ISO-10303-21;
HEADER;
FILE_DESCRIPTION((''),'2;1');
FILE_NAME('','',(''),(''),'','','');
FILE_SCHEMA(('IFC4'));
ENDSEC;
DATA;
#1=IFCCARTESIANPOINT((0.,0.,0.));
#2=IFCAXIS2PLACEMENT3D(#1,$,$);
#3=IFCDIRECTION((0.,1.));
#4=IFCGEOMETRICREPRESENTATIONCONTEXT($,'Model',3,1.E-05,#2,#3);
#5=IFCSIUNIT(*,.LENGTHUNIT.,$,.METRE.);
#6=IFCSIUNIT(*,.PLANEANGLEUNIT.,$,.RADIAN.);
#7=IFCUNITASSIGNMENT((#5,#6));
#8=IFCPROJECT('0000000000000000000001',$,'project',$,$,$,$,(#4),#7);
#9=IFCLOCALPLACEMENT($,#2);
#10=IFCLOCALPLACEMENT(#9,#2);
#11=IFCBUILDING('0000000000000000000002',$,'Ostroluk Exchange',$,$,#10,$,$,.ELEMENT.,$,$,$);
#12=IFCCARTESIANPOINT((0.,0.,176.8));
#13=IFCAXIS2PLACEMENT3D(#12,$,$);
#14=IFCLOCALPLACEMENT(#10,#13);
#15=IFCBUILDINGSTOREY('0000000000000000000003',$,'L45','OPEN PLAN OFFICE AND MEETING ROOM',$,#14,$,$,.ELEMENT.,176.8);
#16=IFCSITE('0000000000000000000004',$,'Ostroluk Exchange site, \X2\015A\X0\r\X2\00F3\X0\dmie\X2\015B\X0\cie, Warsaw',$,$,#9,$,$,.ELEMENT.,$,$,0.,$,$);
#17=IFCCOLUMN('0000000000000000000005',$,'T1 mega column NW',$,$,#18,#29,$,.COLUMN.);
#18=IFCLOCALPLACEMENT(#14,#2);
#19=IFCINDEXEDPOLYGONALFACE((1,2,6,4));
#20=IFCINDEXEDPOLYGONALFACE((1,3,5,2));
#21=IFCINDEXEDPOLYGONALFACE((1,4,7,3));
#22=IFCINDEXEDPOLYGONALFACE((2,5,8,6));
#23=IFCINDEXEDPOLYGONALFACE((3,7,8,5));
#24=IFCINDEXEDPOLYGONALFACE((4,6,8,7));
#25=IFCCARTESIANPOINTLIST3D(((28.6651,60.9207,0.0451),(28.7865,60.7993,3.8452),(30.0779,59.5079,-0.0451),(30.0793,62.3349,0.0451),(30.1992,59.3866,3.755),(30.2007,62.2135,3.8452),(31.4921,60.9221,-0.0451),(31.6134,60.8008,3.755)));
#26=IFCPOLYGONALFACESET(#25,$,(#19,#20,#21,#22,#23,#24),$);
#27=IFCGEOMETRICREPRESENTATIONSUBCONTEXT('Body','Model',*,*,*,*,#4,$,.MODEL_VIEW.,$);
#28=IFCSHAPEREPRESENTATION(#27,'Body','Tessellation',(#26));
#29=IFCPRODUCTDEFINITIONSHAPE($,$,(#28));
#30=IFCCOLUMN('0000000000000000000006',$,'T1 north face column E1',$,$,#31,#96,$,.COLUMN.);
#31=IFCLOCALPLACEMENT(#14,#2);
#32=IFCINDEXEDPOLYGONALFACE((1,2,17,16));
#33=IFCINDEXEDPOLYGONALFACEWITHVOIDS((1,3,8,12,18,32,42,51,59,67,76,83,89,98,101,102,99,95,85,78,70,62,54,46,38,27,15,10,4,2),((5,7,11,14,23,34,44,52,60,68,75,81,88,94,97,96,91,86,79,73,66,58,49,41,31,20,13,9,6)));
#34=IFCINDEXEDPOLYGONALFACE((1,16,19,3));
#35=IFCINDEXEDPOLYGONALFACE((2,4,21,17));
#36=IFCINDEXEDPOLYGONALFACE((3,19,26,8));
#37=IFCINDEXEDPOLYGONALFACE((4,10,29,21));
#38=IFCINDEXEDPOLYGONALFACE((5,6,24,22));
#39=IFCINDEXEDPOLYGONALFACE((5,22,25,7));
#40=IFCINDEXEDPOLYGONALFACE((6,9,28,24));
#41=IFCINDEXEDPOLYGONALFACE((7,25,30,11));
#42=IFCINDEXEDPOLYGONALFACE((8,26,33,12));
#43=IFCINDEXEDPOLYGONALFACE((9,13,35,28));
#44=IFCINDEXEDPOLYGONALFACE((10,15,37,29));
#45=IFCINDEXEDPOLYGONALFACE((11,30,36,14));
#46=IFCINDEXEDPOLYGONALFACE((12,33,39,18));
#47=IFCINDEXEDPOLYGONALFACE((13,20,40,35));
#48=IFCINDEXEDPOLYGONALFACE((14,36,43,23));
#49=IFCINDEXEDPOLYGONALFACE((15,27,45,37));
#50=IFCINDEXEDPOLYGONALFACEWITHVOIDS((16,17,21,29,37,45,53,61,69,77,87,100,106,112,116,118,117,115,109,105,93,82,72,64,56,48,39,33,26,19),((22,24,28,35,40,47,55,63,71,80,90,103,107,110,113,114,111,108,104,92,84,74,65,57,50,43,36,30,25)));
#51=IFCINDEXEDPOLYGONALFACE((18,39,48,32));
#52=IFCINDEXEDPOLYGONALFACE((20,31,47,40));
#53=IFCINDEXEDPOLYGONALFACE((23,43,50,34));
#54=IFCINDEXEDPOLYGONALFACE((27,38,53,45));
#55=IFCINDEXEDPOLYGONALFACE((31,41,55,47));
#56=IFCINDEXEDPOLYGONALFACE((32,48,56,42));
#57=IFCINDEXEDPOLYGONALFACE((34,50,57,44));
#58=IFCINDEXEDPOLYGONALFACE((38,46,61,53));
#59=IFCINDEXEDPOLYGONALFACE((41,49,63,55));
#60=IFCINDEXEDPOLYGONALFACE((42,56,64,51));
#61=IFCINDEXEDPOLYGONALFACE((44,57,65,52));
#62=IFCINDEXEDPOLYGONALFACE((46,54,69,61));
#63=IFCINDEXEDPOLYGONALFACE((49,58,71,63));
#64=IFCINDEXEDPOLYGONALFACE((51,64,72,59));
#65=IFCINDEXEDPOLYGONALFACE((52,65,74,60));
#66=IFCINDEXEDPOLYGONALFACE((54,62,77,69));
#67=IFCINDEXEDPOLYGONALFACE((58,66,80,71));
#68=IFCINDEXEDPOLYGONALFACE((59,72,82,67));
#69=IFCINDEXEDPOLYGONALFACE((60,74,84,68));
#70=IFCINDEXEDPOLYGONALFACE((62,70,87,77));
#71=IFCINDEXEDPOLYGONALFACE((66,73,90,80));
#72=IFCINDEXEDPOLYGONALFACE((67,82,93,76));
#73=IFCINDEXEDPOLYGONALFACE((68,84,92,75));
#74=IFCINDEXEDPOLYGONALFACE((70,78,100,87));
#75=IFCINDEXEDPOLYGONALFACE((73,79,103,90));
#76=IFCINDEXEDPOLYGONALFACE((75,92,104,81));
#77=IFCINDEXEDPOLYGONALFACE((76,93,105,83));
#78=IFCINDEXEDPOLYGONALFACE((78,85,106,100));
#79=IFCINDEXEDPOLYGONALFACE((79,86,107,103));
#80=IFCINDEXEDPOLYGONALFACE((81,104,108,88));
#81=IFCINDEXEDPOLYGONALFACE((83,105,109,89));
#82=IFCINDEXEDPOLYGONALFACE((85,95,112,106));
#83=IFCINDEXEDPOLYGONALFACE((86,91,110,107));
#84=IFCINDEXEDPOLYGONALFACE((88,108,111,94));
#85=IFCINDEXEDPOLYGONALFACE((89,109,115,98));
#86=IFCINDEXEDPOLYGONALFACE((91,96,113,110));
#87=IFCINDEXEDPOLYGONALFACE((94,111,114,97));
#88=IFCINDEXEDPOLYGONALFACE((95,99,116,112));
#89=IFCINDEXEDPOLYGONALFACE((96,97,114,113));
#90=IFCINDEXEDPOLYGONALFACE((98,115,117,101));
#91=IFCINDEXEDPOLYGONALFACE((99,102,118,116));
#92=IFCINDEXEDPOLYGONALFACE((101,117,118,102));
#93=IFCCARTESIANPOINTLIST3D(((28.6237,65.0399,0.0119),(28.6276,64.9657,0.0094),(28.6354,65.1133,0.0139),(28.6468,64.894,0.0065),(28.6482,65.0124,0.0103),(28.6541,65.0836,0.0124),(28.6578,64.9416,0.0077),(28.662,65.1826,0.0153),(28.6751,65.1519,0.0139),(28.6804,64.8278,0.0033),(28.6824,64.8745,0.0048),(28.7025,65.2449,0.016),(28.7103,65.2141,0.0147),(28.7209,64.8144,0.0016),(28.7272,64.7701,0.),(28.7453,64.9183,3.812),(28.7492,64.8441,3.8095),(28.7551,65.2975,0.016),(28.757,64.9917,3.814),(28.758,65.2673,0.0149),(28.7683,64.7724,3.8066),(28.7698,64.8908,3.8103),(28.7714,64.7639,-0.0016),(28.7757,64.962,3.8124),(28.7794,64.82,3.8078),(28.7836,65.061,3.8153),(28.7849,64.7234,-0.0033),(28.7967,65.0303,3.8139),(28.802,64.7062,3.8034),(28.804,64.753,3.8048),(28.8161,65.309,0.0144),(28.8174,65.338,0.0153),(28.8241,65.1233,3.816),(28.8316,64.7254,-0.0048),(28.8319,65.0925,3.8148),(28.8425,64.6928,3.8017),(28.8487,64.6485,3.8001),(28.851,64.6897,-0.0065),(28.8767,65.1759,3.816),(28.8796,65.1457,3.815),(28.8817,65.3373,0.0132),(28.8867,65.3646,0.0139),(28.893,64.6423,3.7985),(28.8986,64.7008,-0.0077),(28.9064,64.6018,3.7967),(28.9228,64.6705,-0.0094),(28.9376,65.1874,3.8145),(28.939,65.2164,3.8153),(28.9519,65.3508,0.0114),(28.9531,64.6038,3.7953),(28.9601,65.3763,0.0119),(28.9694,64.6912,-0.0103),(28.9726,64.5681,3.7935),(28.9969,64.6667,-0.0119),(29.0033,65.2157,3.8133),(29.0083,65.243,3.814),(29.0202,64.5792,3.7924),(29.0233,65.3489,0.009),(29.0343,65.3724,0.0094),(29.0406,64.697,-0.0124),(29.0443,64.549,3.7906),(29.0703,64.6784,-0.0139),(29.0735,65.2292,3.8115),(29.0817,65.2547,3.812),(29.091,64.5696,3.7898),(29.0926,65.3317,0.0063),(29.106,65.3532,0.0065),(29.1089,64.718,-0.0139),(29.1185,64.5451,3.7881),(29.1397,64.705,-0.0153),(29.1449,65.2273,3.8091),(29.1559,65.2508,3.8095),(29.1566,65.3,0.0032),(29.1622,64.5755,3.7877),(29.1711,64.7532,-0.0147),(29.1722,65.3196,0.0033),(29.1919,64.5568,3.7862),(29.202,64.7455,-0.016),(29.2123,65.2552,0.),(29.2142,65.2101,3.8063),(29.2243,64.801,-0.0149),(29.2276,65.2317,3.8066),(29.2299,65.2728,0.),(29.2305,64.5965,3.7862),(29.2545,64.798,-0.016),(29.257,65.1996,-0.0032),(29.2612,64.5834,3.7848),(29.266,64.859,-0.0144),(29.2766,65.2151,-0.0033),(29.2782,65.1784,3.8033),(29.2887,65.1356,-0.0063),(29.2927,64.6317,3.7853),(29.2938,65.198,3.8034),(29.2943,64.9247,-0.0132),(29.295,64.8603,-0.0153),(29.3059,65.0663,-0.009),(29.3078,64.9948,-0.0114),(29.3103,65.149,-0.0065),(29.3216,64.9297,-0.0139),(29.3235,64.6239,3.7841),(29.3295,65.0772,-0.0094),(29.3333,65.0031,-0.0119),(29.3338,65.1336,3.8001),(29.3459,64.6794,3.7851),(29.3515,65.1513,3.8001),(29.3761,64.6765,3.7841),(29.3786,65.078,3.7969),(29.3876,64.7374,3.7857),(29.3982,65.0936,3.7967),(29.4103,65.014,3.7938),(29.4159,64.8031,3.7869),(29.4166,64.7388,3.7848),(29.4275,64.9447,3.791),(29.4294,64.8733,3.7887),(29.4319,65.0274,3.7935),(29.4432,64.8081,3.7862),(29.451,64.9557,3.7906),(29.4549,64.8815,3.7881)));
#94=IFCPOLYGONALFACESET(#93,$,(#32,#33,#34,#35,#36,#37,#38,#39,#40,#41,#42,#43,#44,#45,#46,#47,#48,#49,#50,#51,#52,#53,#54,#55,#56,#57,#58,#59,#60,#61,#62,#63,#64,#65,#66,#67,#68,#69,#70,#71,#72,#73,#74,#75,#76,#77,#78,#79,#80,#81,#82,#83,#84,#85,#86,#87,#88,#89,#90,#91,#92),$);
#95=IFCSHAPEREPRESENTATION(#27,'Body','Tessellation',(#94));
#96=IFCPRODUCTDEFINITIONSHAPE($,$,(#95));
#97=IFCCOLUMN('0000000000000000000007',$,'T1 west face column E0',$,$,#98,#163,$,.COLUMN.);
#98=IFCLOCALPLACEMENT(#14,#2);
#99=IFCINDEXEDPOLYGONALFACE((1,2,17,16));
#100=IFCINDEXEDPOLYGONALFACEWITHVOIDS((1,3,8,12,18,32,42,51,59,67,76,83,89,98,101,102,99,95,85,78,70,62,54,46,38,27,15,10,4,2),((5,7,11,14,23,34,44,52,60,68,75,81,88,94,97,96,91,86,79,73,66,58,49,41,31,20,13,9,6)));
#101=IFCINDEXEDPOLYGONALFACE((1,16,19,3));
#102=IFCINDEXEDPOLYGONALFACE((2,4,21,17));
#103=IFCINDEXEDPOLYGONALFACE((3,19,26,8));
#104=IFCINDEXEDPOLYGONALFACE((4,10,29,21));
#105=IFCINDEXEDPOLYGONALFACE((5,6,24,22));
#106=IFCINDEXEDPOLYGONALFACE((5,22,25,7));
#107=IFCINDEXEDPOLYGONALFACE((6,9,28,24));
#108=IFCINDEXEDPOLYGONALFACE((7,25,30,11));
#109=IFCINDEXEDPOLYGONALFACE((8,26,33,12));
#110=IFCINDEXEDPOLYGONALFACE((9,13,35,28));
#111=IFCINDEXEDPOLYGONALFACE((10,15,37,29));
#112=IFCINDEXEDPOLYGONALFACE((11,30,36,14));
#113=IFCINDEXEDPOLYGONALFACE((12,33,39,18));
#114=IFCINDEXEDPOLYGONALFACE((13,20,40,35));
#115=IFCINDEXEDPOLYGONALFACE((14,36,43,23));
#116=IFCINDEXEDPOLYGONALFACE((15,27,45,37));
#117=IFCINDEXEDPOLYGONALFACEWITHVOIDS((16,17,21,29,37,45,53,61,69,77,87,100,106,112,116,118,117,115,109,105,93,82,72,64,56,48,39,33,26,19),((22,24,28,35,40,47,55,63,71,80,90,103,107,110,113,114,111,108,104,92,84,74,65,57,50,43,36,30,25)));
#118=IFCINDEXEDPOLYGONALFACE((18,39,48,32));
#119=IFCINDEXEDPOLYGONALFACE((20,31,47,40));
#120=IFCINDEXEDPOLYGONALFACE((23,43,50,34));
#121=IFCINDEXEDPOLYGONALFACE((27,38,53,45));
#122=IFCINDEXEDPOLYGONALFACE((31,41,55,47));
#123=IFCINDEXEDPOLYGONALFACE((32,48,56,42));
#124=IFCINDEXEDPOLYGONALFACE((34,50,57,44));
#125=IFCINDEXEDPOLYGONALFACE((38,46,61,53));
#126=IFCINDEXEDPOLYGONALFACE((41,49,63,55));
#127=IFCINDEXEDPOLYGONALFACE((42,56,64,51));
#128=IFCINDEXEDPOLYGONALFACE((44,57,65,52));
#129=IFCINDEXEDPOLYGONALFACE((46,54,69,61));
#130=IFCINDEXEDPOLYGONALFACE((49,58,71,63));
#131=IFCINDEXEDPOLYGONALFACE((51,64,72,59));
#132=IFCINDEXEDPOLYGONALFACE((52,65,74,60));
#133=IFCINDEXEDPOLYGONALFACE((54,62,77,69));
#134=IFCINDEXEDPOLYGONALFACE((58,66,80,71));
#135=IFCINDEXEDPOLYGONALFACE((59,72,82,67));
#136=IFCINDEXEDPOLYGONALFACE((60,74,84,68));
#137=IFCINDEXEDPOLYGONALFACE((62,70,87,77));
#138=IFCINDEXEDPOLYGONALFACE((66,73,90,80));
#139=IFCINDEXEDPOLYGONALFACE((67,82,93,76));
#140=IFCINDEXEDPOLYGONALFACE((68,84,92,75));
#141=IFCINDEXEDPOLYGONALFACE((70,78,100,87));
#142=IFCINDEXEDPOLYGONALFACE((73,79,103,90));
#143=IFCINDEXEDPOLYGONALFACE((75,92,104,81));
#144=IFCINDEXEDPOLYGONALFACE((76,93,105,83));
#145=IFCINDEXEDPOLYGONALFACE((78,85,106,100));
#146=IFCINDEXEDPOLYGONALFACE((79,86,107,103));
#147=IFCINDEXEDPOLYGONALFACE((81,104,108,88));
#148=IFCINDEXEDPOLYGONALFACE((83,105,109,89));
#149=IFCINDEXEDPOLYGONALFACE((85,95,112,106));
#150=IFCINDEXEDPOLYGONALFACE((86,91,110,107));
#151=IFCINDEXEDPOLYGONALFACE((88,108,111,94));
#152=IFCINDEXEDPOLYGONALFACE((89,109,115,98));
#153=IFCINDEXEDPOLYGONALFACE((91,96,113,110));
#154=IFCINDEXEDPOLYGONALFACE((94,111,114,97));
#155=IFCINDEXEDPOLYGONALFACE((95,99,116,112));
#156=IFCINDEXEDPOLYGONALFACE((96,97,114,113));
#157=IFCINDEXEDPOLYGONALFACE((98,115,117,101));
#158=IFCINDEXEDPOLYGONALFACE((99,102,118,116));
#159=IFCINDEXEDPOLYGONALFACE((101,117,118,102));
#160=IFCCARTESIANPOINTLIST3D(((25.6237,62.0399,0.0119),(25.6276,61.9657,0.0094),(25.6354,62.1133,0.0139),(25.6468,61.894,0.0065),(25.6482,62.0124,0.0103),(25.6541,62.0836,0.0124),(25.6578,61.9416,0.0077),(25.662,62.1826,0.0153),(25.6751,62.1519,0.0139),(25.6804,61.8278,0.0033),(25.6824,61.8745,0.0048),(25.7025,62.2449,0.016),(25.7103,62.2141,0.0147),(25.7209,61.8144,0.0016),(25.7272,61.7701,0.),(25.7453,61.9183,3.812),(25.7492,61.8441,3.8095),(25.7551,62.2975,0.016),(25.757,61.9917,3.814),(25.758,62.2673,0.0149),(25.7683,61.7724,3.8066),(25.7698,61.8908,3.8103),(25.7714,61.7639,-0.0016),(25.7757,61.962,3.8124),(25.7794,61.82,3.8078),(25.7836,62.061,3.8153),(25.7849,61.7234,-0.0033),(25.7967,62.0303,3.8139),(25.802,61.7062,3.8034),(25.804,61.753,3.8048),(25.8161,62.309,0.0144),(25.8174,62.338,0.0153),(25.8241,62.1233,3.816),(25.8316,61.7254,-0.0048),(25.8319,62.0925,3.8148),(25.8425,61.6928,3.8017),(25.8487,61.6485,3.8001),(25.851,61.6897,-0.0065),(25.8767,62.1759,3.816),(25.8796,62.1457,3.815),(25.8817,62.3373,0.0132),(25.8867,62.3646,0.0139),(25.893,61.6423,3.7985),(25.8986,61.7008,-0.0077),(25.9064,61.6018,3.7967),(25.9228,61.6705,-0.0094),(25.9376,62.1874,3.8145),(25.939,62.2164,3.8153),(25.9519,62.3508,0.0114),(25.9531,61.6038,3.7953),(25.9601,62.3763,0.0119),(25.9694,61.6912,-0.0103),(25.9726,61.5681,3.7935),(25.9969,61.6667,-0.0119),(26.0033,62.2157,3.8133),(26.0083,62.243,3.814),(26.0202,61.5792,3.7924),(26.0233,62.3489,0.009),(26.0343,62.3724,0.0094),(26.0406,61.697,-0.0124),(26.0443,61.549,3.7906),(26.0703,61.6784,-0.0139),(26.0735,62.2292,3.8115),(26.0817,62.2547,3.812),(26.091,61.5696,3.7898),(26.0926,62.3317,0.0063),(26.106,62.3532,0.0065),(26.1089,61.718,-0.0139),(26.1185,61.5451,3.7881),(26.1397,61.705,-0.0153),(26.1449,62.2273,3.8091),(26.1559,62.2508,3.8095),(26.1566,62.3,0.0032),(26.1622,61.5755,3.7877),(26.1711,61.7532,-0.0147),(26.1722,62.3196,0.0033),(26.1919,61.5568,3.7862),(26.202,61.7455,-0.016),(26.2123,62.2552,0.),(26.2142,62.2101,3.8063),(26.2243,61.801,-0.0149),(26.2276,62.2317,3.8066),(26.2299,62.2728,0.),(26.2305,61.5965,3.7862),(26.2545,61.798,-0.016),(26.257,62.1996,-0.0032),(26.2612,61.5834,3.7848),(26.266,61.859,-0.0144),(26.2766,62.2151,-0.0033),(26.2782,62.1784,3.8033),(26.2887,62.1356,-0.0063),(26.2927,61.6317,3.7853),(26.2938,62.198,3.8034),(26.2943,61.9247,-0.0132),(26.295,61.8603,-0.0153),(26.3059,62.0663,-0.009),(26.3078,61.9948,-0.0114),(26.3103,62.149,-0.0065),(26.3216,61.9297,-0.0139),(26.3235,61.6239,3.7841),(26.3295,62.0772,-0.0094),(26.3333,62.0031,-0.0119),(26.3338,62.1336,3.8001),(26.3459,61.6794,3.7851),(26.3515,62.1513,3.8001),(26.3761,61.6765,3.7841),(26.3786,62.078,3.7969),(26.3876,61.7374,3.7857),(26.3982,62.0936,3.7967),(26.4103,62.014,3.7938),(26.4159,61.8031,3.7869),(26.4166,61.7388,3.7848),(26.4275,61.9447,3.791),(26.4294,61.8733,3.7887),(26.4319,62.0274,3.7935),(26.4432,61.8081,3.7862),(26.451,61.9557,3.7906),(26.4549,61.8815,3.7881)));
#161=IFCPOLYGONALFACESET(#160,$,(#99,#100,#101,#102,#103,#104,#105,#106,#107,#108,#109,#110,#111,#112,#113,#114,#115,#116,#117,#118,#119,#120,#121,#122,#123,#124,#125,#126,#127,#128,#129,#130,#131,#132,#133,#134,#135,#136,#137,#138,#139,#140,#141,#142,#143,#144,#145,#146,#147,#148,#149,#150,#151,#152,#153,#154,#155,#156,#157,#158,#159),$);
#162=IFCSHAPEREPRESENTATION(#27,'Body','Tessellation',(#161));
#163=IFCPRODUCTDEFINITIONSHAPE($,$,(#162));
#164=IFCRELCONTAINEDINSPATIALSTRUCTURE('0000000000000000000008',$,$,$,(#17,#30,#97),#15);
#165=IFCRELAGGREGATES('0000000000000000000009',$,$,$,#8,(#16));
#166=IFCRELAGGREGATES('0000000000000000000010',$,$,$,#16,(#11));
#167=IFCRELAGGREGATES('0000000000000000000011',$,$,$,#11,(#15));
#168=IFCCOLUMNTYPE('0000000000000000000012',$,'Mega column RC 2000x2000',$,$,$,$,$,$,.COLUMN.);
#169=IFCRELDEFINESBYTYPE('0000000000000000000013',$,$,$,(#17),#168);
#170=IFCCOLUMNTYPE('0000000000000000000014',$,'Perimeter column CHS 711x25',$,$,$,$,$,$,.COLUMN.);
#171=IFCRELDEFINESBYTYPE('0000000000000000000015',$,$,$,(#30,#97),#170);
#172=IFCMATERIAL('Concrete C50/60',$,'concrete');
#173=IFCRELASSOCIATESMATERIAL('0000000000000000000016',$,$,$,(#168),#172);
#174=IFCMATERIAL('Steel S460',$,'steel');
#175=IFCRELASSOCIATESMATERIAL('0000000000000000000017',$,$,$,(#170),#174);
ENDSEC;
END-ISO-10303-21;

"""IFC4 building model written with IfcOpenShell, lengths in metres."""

from ifc_helpers import new_model, si_unit, direction, frame, origin, origin_2d, place, context, subcontext, project, spatial, rectangle, hollow_circle, extrude, material, material_profile, profile_set, type_object, element, save


model = new_model("IFC4")

# Units and contexts
model_context = context("Model", 3, precision=1e-05, world=origin(), true_north=direction((0.0, 1.0)))
body_context = subcontext(model_context, "Body", "Model", "MODEL_VIEW")
ifc_project = project(units=[si_unit("LENGTHUNIT", "METRE"), si_unit("PLANEANGLEUNIT", "RADIAN")], contexts=[model_context])

# Site, building, storey
site_placement = place(None, origin())
site = spatial("IfcSite", under=ifc_project, at=site_placement, Name="Ostroluk Exchange site, Śródmieście, Warsaw", CompositionType="ELEMENT", RefElevation=0.0)
building_placement = place(site_placement, origin())
building = spatial("IfcBuilding", under=site, at=building_placement, Name="Ostroluk Exchange", CompositionType="ELEMENT")
storey_placement = place(building_placement, frame((0.0, 0.0, 176.8)))
storey = spatial("IfcBuildingStorey", under=building, at=storey_placement, Name="L45", Description="OPEN PLAN OFFICE AND MEETING ROOM", CompositionType="ELEMENT", Elevation=176.8)

# Columns
ifc_material_1 = material(Name="Concrete C50/60", Category="concrete")
ifc_material_profile_1 = material_profile(ifc_material_1, rectangle(XDim=2.0, YDim=2.0, at=origin_2d()), Name="RC 2000x2000")
ifc_profile_set_1 = profile_set([ifc_material_profile_1], Name="Concrete C50/60")
column_type_1 = type_object("IfcColumnType", Name="Mega column RC 2000x2000", PredefinedType="COLUMN", material=ifc_profile_set_1)
column_placement = place(storey_placement, frame((30.0786, 60.9214, 0.0), z_axis=(0.031898, -0.031898, 0.998982), x_axis=(0.707107, 0.707107, 0.0)))
element("IfcColumn", 1, at=column_placement, inside=storey, type_object=column_type_1, Name="T1 mega column NW", PredefinedType="COLUMN", context=body_context, shape_type="SweptSolid", body=[
    extrude(rectangle(XDim=2.0, YDim=2.0, at=origin_2d()), origin(), (0.0, 0.0, 1.0), 3.804),
])
ifc_material_2 = material(Name="Steel S460", Category="steel")
ifc_material_profile_2 = material_profile(ifc_material_2, hollow_circle(Radius=0.3555, WallThickness=0.0249, at=origin_2d()), Name="CHS 711x25")
ifc_profile_set_2 = profile_set([ifc_material_profile_2], Name="Steel S460")
column_type_2 = type_object("IfcColumnType", Name="Perimeter column CHS 711x25", PredefinedType="COLUMN", material=ifc_profile_set_2)
for number, where, z_axis, x_axis, name in (
    (2, (28.9785, 65.0215, 0.0), (0.031962, -0.031962, 0.998978), (0.707107, 0.707107, 0.0), "T1 north face column E1"),
    (3, (25.9785, 62.0215, 0.0), (0.031962, -0.031962, 0.998978), (0.707107, 0.707107, 0.0), "T1 west face column E0"),
):
    element("IfcColumn", number, at=place(storey_placement, frame(where, z_axis=z_axis, x_axis=x_axis)), inside=storey, type_object=column_type_2, Name=name, PredefinedType="COLUMN", context=body_context, shape_type="SweptSolid", body=[
        extrude(hollow_circle(Radius=0.3555, WallThickness=0.0249, at=origin_2d()), origin(), (0.0, 0.0, 1.0), 3.804),
    ])

save(model, "model.ifc")
